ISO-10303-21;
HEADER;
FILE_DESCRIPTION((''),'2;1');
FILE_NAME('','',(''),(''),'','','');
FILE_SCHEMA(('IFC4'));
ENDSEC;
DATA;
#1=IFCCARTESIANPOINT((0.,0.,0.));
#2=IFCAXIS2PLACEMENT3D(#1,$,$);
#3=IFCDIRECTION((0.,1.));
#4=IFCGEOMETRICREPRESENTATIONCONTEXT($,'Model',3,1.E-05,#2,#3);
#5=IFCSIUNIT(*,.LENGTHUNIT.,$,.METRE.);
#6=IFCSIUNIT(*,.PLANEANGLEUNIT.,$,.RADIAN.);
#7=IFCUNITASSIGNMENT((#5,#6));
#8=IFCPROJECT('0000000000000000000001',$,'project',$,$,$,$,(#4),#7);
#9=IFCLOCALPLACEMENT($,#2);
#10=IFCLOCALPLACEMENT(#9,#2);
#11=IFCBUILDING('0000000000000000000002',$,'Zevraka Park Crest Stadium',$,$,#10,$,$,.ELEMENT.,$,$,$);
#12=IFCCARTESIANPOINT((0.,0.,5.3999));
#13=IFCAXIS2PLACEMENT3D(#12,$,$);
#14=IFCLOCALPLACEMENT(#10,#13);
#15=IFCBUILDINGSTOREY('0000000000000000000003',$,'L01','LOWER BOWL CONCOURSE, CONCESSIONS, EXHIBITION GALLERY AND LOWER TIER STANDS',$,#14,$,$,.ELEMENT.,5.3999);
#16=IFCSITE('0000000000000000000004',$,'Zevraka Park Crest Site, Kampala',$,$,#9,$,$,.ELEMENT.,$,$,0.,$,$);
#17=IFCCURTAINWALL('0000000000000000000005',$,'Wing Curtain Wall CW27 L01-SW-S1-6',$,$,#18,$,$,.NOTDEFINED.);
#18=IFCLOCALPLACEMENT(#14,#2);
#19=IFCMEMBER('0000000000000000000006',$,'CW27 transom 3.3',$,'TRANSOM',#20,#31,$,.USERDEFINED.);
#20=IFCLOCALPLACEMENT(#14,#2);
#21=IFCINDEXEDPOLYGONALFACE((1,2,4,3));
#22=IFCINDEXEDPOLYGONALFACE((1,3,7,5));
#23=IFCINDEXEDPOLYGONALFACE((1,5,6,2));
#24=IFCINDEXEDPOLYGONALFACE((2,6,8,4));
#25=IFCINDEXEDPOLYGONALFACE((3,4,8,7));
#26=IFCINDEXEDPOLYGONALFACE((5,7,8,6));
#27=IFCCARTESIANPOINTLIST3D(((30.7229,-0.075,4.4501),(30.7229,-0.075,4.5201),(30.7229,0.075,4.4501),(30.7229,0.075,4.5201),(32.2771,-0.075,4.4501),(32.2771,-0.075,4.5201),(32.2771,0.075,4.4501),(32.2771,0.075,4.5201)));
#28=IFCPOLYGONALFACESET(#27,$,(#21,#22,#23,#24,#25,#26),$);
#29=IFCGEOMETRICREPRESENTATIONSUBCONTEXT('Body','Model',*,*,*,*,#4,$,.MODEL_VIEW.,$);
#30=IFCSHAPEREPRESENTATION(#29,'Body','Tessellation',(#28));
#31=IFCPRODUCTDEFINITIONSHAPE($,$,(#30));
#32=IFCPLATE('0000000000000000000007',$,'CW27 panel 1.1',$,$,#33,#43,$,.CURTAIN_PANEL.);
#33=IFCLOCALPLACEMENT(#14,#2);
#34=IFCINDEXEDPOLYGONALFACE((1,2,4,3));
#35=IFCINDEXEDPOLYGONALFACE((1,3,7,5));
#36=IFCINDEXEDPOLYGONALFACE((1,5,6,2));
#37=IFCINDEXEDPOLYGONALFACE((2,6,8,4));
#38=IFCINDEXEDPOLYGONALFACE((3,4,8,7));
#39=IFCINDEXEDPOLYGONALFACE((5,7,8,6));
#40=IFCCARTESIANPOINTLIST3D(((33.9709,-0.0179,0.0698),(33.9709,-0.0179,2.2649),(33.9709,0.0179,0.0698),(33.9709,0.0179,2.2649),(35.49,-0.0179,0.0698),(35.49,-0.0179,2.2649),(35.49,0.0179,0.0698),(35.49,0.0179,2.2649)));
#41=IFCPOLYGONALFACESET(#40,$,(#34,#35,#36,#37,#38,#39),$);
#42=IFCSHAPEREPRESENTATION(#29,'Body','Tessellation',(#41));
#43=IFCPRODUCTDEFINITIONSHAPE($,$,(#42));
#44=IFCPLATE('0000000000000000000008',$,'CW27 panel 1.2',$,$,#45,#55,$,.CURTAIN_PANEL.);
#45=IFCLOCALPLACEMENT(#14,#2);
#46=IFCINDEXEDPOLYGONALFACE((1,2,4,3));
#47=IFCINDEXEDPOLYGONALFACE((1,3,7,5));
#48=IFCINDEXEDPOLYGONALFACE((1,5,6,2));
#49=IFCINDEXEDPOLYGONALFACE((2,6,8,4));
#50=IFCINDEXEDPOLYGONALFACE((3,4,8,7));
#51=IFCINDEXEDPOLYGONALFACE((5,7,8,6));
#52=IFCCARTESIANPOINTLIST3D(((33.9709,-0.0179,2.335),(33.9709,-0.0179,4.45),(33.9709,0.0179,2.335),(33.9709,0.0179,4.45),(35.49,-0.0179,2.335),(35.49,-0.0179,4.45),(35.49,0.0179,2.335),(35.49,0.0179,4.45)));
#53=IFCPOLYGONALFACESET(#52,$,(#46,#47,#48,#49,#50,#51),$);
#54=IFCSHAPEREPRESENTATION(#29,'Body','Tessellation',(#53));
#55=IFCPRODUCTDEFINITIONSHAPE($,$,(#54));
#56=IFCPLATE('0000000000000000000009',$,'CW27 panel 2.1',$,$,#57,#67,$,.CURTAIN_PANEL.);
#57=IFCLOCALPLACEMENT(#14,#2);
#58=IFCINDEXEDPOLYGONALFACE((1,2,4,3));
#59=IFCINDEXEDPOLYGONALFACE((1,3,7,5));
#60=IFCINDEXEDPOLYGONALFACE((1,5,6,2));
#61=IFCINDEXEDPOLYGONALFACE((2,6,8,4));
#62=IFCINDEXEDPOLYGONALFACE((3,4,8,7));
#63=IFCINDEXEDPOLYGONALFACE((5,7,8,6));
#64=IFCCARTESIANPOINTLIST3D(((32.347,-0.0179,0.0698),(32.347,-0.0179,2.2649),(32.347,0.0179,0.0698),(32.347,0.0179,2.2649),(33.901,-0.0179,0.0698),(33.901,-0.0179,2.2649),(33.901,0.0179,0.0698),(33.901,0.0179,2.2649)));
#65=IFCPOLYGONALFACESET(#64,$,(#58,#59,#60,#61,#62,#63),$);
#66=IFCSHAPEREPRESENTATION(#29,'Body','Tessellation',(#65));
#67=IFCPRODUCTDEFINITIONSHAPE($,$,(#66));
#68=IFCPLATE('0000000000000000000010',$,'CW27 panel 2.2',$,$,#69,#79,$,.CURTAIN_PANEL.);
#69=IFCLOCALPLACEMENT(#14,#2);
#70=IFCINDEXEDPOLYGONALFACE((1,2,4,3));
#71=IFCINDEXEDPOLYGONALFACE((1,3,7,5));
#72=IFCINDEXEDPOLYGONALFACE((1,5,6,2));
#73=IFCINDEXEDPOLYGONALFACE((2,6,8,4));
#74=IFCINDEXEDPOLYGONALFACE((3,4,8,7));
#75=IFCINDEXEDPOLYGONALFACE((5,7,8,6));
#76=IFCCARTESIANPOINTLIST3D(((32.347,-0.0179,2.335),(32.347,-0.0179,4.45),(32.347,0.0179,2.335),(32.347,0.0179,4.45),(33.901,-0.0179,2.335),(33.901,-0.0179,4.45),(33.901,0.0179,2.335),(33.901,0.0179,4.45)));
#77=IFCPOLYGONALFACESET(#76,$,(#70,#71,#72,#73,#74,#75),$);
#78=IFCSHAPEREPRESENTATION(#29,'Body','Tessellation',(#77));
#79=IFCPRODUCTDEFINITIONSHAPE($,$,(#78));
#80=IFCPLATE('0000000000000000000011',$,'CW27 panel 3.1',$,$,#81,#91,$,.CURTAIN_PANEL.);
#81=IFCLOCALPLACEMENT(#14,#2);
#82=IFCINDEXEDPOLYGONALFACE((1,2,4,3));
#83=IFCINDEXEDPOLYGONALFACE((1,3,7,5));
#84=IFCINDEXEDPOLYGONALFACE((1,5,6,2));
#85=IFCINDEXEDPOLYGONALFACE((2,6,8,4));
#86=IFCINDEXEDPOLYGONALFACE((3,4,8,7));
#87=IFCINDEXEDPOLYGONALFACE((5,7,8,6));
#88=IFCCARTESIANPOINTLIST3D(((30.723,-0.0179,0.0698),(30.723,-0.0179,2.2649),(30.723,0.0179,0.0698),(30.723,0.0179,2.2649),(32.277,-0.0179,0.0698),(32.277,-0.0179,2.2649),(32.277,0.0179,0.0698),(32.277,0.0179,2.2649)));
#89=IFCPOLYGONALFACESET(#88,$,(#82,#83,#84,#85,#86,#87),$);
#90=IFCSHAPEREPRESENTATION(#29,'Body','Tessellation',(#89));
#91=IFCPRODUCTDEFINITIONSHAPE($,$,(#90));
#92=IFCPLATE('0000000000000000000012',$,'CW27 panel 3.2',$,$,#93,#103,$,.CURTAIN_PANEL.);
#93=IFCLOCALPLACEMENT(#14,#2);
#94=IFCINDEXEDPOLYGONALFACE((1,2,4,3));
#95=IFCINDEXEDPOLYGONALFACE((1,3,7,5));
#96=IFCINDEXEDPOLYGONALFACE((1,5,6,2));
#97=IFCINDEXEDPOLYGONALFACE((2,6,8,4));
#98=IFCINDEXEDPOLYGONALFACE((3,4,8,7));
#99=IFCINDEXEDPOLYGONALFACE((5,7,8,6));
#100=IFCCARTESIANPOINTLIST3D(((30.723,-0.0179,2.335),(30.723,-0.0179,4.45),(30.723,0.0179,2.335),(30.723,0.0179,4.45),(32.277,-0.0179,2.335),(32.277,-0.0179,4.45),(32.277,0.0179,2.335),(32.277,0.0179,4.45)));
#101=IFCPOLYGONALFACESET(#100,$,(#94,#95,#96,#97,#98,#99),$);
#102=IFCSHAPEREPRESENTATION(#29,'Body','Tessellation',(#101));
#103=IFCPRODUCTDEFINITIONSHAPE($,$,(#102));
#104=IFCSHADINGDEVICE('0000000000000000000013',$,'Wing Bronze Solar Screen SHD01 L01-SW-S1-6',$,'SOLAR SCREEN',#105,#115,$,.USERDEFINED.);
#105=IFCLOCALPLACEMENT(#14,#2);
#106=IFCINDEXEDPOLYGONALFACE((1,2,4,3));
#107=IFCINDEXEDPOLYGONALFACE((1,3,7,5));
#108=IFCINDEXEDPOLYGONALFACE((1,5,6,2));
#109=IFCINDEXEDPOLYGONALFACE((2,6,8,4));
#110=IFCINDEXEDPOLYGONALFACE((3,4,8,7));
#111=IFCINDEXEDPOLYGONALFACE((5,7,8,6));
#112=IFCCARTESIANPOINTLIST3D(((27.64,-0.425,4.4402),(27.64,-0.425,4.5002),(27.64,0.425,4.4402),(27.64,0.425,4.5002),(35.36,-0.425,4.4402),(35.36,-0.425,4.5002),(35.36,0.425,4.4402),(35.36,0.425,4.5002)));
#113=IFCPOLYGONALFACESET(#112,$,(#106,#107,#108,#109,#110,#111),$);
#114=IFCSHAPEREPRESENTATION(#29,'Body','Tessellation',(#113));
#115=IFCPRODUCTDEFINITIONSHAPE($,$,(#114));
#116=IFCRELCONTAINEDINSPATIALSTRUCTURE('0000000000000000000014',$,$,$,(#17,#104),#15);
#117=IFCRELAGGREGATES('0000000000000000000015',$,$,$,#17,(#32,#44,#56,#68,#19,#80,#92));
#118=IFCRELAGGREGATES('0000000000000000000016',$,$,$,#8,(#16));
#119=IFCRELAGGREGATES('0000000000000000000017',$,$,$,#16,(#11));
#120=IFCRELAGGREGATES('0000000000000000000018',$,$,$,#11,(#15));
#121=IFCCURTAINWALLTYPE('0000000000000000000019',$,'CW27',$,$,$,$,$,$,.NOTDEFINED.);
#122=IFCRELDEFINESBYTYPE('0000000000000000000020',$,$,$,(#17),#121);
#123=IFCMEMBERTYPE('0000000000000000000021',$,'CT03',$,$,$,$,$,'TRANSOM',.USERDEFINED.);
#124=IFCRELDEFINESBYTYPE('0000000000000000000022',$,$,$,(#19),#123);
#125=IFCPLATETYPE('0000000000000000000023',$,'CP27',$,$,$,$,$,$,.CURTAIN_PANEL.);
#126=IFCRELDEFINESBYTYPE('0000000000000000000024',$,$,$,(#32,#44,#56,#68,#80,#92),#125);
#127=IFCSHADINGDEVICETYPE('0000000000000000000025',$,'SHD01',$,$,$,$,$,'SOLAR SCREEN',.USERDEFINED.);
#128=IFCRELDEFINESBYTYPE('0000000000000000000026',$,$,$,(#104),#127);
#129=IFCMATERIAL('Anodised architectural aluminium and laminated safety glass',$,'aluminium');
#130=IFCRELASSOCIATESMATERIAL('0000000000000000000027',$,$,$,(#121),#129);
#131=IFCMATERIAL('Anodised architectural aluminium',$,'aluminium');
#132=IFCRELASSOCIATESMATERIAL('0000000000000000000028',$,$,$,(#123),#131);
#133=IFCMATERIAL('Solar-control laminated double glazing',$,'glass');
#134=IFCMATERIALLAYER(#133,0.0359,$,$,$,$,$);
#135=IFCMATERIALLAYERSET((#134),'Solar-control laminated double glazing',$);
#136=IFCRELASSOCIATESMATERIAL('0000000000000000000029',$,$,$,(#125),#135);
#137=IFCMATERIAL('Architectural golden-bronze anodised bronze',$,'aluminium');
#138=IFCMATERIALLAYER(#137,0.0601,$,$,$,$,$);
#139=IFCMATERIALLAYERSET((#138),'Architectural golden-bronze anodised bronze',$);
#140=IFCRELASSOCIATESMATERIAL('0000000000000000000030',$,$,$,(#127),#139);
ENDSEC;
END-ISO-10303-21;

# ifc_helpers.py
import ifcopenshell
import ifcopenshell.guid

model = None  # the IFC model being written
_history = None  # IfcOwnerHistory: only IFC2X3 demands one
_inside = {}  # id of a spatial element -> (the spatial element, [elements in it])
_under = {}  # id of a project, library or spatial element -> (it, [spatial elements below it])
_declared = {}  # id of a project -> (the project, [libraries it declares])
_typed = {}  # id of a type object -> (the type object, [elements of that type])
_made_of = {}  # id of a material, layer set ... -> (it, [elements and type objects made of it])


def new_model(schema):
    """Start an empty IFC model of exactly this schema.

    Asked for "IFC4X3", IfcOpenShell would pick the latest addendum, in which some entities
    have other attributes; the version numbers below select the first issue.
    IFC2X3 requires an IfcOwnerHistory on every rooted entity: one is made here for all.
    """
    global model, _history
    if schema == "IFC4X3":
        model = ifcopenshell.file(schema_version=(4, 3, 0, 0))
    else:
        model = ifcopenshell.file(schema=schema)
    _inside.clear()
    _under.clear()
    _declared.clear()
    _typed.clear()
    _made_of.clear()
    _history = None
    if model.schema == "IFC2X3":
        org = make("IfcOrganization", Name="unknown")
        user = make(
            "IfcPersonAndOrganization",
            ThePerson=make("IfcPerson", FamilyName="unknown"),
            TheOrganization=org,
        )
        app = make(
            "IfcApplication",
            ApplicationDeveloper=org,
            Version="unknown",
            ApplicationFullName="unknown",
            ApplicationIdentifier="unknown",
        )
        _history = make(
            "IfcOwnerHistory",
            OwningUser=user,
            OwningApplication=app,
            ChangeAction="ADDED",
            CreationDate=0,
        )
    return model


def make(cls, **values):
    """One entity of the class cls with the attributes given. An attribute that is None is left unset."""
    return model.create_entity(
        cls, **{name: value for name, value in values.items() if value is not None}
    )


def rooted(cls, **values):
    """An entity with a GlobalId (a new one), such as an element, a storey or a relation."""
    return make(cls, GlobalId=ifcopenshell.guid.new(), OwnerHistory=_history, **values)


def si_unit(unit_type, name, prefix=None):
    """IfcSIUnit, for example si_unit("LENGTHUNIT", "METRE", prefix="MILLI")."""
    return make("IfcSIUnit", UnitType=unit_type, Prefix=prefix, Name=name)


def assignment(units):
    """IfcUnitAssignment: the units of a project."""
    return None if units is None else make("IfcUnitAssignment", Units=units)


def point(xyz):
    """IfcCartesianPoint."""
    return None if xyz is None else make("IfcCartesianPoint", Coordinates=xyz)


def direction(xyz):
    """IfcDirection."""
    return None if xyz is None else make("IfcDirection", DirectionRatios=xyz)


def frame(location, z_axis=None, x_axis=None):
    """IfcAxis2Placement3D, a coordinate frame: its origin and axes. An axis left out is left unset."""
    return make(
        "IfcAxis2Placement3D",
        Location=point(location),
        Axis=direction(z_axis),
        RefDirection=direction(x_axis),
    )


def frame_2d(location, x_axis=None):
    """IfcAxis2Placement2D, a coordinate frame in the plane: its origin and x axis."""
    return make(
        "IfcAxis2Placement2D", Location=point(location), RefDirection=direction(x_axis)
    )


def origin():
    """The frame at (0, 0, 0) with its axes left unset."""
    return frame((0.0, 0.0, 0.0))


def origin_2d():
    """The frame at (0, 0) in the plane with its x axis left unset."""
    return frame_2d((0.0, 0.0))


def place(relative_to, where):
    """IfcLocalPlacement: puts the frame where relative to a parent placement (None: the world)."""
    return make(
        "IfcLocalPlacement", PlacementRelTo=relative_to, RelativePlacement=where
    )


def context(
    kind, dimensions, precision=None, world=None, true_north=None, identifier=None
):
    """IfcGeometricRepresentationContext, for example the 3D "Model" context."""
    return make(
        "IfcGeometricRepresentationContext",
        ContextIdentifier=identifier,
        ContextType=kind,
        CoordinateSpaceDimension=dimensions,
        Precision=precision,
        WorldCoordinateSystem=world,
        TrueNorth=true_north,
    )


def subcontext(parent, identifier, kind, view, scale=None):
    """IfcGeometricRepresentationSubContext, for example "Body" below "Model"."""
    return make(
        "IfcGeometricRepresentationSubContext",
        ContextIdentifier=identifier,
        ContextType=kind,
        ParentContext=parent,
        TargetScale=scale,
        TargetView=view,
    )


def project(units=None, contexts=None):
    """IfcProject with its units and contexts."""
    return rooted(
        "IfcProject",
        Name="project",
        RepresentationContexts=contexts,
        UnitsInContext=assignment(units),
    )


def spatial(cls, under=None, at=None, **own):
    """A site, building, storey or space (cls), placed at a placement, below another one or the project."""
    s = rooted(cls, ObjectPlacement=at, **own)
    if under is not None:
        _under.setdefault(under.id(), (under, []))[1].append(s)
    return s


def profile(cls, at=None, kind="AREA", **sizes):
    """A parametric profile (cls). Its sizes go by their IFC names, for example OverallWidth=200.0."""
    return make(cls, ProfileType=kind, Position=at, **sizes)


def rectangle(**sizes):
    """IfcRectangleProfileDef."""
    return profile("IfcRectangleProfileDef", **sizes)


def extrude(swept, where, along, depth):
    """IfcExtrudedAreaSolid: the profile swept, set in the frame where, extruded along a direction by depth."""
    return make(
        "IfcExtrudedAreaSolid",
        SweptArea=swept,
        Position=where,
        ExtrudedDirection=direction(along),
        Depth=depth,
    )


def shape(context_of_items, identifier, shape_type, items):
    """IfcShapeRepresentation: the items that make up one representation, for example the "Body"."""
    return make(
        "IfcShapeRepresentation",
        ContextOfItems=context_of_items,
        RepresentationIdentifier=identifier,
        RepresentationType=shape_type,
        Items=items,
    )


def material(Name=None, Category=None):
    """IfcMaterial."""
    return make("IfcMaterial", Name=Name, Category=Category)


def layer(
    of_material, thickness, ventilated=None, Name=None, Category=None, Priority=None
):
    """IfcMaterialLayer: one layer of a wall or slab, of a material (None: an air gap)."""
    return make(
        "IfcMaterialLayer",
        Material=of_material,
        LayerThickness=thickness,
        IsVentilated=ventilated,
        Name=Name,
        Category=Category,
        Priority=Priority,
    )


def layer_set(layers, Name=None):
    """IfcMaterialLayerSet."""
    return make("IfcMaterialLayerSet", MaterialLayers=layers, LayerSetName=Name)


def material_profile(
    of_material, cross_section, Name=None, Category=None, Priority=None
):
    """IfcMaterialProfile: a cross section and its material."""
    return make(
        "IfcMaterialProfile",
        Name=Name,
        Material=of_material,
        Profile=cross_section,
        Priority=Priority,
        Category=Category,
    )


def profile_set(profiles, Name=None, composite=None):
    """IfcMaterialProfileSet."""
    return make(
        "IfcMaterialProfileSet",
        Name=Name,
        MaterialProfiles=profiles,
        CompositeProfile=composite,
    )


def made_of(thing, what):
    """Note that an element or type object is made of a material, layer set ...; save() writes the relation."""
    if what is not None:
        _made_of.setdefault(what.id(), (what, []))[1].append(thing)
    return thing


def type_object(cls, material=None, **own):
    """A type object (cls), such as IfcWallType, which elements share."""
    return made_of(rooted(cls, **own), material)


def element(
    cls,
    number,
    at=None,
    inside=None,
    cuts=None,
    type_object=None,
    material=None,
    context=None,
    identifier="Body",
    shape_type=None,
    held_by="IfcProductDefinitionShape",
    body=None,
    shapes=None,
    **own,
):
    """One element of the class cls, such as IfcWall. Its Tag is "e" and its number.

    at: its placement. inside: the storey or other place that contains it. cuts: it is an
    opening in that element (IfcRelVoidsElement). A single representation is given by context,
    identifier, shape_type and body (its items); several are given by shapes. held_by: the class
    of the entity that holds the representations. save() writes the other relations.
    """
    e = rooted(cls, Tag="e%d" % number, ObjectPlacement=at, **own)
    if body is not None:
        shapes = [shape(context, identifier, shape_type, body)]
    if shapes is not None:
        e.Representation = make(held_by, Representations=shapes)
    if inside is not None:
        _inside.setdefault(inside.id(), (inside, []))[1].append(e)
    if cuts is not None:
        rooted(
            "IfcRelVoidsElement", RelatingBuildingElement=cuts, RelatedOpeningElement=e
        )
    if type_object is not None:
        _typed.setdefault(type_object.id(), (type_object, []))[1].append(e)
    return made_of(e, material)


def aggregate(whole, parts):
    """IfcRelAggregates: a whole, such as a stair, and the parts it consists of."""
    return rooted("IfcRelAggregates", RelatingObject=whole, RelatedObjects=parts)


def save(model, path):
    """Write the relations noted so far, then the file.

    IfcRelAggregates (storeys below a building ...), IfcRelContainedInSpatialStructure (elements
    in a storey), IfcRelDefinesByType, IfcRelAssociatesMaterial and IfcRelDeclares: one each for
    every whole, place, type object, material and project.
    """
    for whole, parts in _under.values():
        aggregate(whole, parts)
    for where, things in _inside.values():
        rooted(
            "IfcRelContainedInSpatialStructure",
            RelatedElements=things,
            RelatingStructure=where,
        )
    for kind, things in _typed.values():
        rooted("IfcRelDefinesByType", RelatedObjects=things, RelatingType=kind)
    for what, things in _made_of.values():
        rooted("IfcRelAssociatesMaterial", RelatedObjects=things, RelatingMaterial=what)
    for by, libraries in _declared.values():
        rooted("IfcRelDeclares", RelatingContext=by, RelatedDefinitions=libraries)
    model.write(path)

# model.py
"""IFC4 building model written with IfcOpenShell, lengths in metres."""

from ifc_helpers import new_model, si_unit, direction, frame, origin, origin_2d, place, context, subcontext, project, spatial, rectangle, extrude, material, layer, layer_set, material_profile, profile_set, type_object, element, aggregate, save


model = new_model("IFC4")

# Units and contexts
model_context = context("Model", 3, precision=1e-05, world=origin(), true_north=direction((0.0, 1.0)))
body_context = subcontext(model_context, "Body", "Model", "MODEL_VIEW")
ifc_project = project(units=[si_unit("LENGTHUNIT", "METRE"), si_unit("PLANEANGLEUNIT", "RADIAN")], contexts=[model_context])

# Site, building, storey
site_placement = place(None, origin())
site = spatial("IfcSite", under=ifc_project, at=site_placement, Name="Zevraka Park Crest Site, Kampala", CompositionType="ELEMENT", RefElevation=0.0)
building_placement = place(site_placement, origin())
building = spatial("IfcBuilding", under=site, at=building_placement, Name="Zevraka Park Crest Stadium", CompositionType="ELEMENT")
storey_placement = place(building_placement, frame((0.0, 0.0, 5.3999)))
storey = spatial("IfcBuildingStorey", under=building, at=storey_placement, Name="L01", Description="LOWER BOWL CONCOURSE, CONCESSIONS, EXHIBITION GALLERY AND LOWER TIER STANDS", CompositionType="ELEMENT", Elevation=5.3999)

# Curtain wall, member, plates
ifc_material_1 = material(Name="Anodised architectural aluminium and laminated safety glass", Category="aluminium")
curtain_wall_type = type_object("IfcCurtainWallType", Name="CW27", PredefinedType="NOTDEFINED", material=ifc_material_1)
curtain_wall_placement = place(storey_placement, origin())
curtain_wall = element("IfcCurtainWall", 1, at=curtain_wall_placement, inside=storey, type_object=curtain_wall_type, Name="Wing Curtain Wall CW27 L01-SW-S1-6", PredefinedType="NOTDEFINED")
ifc_material_2 = material(Name="Anodised architectural aluminium", Category="aluminium")
ifc_material_profile_1 = material_profile(ifc_material_2, rectangle(XDim=0.1499, YDim=0.0701, at=origin_2d()), Name="ALU TRANSOM 150x70")
ifc_profile_set_1 = profile_set([ifc_material_profile_1], Name="Anodised architectural aluminium")
member_type_1 = type_object("IfcMemberType", Name="CT03", ElementType="TRANSOM", PredefinedType="USERDEFINED", material=ifc_profile_set_1)
member_1_placement = place(storey_placement, frame((32.2771, 0.0, 4.4851), z_axis=(-1.0, 0.0, 0.0), x_axis=(0.0, -1.0, 0.0)))
member_1 = element("IfcMember", 2, at=member_1_placement, type_object=member_type_1, Name="CW27 transom 3.3", ObjectType="TRANSOM", PredefinedType="USERDEFINED", context=body_context, shape_type="SweptSolid", body=[
    extrude(rectangle(XDim=0.1499, YDim=0.0701, at=origin_2d()), origin(), (0.0, 0.0, 1.0), 1.5542),
])
ifc_material_3 = material(Name="Solar-control laminated double glazing", Category="glass")
ifc_layer_1 = layer(ifc_material_3, 0.0359)
ifc_layer_set_1 = layer_set([ifc_layer_1], Name="Solar-control laminated double glazing")
plate_type = type_object("IfcPlateType", Name="CP27", PredefinedType="CURTAIN_PANEL", material=ifc_layer_set_1)
plate_1_placement = place(storey_placement, frame((34.7305, 0.0, 0.0698), z_axis=(0.0, 0.0, 1.0), x_axis=(-1.0, 0.0, 0.0)))
plate_1 = element("IfcPlate", 3, at=plate_1_placement, type_object=plate_type, Name="CW27 panel 1.1", PredefinedType="CURTAIN_PANEL", context=body_context, shape_type="SweptSolid", body=[
    extrude(rectangle(XDim=1.519, YDim=0.0359, at=origin_2d()), origin(), (0.0, 0.0, 1.0), 2.1951),
])
plate_2_placement = place(storey_placement, frame((34.7305, 0.0, 2.335), z_axis=(0.0, 0.0, 1.0), x_axis=(-1.0, 0.0, 0.0)))
plate_2 = element("IfcPlate", 4, at=plate_2_placement, type_object=plate_type, Name="CW27 panel 1.2", PredefinedType="CURTAIN_PANEL", context=body_context, shape_type="SweptSolid", body=[
    extrude(rectangle(XDim=1.519, YDim=0.0359, at=origin_2d()), origin(), (0.0, 0.0, 1.0), 2.115),
])
plate_3_placement = place(storey_placement, frame((33.124, 0.0, 0.0698), z_axis=(0.0, 0.0, 1.0), x_axis=(-1.0, 0.0, 0.0)))
plate_3 = element("IfcPlate", 5, at=plate_3_placement, type_object=plate_type, Name="CW27 panel 2.1", PredefinedType="CURTAIN_PANEL", context=body_context, shape_type="SweptSolid", body=[
    extrude(rectangle(XDim=1.554, YDim=0.0359, at=origin_2d()), origin(), (0.0, 0.0, 1.0), 2.1951),
])
plate_4_placement = place(storey_placement, frame((33.124, 0.0, 2.335), z_axis=(0.0, 0.0, 1.0), x_axis=(-1.0, 0.0, 0.0)))
plate_4 = element("IfcPlate", 6, at=plate_4_placement, type_object=plate_type, Name="CW27 panel 2.2", PredefinedType="CURTAIN_PANEL", context=body_context, shape_type="SweptSolid", body=[
    extrude(rectangle(XDim=1.554, YDim=0.0359, at=origin_2d()), origin(), (0.0, 0.0, 1.0), 2.115),
])
plate_5_placement = place(storey_placement, frame((31.5, 0.0, 0.0698), z_axis=(0.0, 0.0, 1.0), x_axis=(-1.0, 0.0, 0.0)))
plate_5 = element("IfcPlate", 7, at=plate_5_placement, type_object=plate_type, Name="CW27 panel 3.1", PredefinedType="CURTAIN_PANEL", context=body_context, shape_type="SweptSolid", body=[
    extrude(rectangle(XDim=1.554, YDim=0.0359, at=origin_2d()), origin(), (0.0, 0.0, 1.0), 2.1951),
])
plate_6_placement = place(storey_placement, frame((31.5, 0.0, 2.335), z_axis=(0.0, 0.0, 1.0), x_axis=(-1.0, 0.0, 0.0)))
plate_6 = element("IfcPlate", 8, at=plate_6_placement, type_object=plate_type, Name="CW27 panel 3.2", PredefinedType="CURTAIN_PANEL", context=body_context, shape_type="SweptSolid", body=[
    extrude(rectangle(XDim=1.554, YDim=0.0359, at=origin_2d()), origin(), (0.0, 0.0, 1.0), 2.115),
])
aggregate(curtain_wall, [plate_1, plate_2, plate_3, plate_4, member_1, plate_5, plate_6])

# Shading device
ifc_material_4 = material(Name="Architectural golden-bronze anodised bronze", Category="aluminium")
ifc_layer_2 = layer(ifc_material_4, 0.0601)
ifc_layer_set_2 = layer_set([ifc_layer_2], Name="Architectural golden-bronze anodised bronze")
shading_device_type = type_object("IfcShadingDeviceType", Name="SHD01", ElementType="SOLAR SCREEN", PredefinedType="USERDEFINED", material=ifc_layer_set_2)
shading_device_placement = place(storey_placement, frame((31.5, 0.0, 4.4402), z_axis=(0.0, 0.0, 1.0), x_axis=(-1.0, 0.0, 0.0)))
element("IfcShadingDevice", 9, at=shading_device_placement, inside=storey, type_object=shading_device_type, Name="Wing Bronze Solar Screen SHD01 L01-SW-S1-6", ObjectType="SOLAR SCREEN", PredefinedType="USERDEFINED", context=body_context, shape_type="SweptSolid", body=[
    extrude(rectangle(XDim=7.72, YDim=0.8501, at=origin_2d()), origin(), (0.0, 0.0, 1.0), 0.0601),
])

save(model, "model.ifc")
